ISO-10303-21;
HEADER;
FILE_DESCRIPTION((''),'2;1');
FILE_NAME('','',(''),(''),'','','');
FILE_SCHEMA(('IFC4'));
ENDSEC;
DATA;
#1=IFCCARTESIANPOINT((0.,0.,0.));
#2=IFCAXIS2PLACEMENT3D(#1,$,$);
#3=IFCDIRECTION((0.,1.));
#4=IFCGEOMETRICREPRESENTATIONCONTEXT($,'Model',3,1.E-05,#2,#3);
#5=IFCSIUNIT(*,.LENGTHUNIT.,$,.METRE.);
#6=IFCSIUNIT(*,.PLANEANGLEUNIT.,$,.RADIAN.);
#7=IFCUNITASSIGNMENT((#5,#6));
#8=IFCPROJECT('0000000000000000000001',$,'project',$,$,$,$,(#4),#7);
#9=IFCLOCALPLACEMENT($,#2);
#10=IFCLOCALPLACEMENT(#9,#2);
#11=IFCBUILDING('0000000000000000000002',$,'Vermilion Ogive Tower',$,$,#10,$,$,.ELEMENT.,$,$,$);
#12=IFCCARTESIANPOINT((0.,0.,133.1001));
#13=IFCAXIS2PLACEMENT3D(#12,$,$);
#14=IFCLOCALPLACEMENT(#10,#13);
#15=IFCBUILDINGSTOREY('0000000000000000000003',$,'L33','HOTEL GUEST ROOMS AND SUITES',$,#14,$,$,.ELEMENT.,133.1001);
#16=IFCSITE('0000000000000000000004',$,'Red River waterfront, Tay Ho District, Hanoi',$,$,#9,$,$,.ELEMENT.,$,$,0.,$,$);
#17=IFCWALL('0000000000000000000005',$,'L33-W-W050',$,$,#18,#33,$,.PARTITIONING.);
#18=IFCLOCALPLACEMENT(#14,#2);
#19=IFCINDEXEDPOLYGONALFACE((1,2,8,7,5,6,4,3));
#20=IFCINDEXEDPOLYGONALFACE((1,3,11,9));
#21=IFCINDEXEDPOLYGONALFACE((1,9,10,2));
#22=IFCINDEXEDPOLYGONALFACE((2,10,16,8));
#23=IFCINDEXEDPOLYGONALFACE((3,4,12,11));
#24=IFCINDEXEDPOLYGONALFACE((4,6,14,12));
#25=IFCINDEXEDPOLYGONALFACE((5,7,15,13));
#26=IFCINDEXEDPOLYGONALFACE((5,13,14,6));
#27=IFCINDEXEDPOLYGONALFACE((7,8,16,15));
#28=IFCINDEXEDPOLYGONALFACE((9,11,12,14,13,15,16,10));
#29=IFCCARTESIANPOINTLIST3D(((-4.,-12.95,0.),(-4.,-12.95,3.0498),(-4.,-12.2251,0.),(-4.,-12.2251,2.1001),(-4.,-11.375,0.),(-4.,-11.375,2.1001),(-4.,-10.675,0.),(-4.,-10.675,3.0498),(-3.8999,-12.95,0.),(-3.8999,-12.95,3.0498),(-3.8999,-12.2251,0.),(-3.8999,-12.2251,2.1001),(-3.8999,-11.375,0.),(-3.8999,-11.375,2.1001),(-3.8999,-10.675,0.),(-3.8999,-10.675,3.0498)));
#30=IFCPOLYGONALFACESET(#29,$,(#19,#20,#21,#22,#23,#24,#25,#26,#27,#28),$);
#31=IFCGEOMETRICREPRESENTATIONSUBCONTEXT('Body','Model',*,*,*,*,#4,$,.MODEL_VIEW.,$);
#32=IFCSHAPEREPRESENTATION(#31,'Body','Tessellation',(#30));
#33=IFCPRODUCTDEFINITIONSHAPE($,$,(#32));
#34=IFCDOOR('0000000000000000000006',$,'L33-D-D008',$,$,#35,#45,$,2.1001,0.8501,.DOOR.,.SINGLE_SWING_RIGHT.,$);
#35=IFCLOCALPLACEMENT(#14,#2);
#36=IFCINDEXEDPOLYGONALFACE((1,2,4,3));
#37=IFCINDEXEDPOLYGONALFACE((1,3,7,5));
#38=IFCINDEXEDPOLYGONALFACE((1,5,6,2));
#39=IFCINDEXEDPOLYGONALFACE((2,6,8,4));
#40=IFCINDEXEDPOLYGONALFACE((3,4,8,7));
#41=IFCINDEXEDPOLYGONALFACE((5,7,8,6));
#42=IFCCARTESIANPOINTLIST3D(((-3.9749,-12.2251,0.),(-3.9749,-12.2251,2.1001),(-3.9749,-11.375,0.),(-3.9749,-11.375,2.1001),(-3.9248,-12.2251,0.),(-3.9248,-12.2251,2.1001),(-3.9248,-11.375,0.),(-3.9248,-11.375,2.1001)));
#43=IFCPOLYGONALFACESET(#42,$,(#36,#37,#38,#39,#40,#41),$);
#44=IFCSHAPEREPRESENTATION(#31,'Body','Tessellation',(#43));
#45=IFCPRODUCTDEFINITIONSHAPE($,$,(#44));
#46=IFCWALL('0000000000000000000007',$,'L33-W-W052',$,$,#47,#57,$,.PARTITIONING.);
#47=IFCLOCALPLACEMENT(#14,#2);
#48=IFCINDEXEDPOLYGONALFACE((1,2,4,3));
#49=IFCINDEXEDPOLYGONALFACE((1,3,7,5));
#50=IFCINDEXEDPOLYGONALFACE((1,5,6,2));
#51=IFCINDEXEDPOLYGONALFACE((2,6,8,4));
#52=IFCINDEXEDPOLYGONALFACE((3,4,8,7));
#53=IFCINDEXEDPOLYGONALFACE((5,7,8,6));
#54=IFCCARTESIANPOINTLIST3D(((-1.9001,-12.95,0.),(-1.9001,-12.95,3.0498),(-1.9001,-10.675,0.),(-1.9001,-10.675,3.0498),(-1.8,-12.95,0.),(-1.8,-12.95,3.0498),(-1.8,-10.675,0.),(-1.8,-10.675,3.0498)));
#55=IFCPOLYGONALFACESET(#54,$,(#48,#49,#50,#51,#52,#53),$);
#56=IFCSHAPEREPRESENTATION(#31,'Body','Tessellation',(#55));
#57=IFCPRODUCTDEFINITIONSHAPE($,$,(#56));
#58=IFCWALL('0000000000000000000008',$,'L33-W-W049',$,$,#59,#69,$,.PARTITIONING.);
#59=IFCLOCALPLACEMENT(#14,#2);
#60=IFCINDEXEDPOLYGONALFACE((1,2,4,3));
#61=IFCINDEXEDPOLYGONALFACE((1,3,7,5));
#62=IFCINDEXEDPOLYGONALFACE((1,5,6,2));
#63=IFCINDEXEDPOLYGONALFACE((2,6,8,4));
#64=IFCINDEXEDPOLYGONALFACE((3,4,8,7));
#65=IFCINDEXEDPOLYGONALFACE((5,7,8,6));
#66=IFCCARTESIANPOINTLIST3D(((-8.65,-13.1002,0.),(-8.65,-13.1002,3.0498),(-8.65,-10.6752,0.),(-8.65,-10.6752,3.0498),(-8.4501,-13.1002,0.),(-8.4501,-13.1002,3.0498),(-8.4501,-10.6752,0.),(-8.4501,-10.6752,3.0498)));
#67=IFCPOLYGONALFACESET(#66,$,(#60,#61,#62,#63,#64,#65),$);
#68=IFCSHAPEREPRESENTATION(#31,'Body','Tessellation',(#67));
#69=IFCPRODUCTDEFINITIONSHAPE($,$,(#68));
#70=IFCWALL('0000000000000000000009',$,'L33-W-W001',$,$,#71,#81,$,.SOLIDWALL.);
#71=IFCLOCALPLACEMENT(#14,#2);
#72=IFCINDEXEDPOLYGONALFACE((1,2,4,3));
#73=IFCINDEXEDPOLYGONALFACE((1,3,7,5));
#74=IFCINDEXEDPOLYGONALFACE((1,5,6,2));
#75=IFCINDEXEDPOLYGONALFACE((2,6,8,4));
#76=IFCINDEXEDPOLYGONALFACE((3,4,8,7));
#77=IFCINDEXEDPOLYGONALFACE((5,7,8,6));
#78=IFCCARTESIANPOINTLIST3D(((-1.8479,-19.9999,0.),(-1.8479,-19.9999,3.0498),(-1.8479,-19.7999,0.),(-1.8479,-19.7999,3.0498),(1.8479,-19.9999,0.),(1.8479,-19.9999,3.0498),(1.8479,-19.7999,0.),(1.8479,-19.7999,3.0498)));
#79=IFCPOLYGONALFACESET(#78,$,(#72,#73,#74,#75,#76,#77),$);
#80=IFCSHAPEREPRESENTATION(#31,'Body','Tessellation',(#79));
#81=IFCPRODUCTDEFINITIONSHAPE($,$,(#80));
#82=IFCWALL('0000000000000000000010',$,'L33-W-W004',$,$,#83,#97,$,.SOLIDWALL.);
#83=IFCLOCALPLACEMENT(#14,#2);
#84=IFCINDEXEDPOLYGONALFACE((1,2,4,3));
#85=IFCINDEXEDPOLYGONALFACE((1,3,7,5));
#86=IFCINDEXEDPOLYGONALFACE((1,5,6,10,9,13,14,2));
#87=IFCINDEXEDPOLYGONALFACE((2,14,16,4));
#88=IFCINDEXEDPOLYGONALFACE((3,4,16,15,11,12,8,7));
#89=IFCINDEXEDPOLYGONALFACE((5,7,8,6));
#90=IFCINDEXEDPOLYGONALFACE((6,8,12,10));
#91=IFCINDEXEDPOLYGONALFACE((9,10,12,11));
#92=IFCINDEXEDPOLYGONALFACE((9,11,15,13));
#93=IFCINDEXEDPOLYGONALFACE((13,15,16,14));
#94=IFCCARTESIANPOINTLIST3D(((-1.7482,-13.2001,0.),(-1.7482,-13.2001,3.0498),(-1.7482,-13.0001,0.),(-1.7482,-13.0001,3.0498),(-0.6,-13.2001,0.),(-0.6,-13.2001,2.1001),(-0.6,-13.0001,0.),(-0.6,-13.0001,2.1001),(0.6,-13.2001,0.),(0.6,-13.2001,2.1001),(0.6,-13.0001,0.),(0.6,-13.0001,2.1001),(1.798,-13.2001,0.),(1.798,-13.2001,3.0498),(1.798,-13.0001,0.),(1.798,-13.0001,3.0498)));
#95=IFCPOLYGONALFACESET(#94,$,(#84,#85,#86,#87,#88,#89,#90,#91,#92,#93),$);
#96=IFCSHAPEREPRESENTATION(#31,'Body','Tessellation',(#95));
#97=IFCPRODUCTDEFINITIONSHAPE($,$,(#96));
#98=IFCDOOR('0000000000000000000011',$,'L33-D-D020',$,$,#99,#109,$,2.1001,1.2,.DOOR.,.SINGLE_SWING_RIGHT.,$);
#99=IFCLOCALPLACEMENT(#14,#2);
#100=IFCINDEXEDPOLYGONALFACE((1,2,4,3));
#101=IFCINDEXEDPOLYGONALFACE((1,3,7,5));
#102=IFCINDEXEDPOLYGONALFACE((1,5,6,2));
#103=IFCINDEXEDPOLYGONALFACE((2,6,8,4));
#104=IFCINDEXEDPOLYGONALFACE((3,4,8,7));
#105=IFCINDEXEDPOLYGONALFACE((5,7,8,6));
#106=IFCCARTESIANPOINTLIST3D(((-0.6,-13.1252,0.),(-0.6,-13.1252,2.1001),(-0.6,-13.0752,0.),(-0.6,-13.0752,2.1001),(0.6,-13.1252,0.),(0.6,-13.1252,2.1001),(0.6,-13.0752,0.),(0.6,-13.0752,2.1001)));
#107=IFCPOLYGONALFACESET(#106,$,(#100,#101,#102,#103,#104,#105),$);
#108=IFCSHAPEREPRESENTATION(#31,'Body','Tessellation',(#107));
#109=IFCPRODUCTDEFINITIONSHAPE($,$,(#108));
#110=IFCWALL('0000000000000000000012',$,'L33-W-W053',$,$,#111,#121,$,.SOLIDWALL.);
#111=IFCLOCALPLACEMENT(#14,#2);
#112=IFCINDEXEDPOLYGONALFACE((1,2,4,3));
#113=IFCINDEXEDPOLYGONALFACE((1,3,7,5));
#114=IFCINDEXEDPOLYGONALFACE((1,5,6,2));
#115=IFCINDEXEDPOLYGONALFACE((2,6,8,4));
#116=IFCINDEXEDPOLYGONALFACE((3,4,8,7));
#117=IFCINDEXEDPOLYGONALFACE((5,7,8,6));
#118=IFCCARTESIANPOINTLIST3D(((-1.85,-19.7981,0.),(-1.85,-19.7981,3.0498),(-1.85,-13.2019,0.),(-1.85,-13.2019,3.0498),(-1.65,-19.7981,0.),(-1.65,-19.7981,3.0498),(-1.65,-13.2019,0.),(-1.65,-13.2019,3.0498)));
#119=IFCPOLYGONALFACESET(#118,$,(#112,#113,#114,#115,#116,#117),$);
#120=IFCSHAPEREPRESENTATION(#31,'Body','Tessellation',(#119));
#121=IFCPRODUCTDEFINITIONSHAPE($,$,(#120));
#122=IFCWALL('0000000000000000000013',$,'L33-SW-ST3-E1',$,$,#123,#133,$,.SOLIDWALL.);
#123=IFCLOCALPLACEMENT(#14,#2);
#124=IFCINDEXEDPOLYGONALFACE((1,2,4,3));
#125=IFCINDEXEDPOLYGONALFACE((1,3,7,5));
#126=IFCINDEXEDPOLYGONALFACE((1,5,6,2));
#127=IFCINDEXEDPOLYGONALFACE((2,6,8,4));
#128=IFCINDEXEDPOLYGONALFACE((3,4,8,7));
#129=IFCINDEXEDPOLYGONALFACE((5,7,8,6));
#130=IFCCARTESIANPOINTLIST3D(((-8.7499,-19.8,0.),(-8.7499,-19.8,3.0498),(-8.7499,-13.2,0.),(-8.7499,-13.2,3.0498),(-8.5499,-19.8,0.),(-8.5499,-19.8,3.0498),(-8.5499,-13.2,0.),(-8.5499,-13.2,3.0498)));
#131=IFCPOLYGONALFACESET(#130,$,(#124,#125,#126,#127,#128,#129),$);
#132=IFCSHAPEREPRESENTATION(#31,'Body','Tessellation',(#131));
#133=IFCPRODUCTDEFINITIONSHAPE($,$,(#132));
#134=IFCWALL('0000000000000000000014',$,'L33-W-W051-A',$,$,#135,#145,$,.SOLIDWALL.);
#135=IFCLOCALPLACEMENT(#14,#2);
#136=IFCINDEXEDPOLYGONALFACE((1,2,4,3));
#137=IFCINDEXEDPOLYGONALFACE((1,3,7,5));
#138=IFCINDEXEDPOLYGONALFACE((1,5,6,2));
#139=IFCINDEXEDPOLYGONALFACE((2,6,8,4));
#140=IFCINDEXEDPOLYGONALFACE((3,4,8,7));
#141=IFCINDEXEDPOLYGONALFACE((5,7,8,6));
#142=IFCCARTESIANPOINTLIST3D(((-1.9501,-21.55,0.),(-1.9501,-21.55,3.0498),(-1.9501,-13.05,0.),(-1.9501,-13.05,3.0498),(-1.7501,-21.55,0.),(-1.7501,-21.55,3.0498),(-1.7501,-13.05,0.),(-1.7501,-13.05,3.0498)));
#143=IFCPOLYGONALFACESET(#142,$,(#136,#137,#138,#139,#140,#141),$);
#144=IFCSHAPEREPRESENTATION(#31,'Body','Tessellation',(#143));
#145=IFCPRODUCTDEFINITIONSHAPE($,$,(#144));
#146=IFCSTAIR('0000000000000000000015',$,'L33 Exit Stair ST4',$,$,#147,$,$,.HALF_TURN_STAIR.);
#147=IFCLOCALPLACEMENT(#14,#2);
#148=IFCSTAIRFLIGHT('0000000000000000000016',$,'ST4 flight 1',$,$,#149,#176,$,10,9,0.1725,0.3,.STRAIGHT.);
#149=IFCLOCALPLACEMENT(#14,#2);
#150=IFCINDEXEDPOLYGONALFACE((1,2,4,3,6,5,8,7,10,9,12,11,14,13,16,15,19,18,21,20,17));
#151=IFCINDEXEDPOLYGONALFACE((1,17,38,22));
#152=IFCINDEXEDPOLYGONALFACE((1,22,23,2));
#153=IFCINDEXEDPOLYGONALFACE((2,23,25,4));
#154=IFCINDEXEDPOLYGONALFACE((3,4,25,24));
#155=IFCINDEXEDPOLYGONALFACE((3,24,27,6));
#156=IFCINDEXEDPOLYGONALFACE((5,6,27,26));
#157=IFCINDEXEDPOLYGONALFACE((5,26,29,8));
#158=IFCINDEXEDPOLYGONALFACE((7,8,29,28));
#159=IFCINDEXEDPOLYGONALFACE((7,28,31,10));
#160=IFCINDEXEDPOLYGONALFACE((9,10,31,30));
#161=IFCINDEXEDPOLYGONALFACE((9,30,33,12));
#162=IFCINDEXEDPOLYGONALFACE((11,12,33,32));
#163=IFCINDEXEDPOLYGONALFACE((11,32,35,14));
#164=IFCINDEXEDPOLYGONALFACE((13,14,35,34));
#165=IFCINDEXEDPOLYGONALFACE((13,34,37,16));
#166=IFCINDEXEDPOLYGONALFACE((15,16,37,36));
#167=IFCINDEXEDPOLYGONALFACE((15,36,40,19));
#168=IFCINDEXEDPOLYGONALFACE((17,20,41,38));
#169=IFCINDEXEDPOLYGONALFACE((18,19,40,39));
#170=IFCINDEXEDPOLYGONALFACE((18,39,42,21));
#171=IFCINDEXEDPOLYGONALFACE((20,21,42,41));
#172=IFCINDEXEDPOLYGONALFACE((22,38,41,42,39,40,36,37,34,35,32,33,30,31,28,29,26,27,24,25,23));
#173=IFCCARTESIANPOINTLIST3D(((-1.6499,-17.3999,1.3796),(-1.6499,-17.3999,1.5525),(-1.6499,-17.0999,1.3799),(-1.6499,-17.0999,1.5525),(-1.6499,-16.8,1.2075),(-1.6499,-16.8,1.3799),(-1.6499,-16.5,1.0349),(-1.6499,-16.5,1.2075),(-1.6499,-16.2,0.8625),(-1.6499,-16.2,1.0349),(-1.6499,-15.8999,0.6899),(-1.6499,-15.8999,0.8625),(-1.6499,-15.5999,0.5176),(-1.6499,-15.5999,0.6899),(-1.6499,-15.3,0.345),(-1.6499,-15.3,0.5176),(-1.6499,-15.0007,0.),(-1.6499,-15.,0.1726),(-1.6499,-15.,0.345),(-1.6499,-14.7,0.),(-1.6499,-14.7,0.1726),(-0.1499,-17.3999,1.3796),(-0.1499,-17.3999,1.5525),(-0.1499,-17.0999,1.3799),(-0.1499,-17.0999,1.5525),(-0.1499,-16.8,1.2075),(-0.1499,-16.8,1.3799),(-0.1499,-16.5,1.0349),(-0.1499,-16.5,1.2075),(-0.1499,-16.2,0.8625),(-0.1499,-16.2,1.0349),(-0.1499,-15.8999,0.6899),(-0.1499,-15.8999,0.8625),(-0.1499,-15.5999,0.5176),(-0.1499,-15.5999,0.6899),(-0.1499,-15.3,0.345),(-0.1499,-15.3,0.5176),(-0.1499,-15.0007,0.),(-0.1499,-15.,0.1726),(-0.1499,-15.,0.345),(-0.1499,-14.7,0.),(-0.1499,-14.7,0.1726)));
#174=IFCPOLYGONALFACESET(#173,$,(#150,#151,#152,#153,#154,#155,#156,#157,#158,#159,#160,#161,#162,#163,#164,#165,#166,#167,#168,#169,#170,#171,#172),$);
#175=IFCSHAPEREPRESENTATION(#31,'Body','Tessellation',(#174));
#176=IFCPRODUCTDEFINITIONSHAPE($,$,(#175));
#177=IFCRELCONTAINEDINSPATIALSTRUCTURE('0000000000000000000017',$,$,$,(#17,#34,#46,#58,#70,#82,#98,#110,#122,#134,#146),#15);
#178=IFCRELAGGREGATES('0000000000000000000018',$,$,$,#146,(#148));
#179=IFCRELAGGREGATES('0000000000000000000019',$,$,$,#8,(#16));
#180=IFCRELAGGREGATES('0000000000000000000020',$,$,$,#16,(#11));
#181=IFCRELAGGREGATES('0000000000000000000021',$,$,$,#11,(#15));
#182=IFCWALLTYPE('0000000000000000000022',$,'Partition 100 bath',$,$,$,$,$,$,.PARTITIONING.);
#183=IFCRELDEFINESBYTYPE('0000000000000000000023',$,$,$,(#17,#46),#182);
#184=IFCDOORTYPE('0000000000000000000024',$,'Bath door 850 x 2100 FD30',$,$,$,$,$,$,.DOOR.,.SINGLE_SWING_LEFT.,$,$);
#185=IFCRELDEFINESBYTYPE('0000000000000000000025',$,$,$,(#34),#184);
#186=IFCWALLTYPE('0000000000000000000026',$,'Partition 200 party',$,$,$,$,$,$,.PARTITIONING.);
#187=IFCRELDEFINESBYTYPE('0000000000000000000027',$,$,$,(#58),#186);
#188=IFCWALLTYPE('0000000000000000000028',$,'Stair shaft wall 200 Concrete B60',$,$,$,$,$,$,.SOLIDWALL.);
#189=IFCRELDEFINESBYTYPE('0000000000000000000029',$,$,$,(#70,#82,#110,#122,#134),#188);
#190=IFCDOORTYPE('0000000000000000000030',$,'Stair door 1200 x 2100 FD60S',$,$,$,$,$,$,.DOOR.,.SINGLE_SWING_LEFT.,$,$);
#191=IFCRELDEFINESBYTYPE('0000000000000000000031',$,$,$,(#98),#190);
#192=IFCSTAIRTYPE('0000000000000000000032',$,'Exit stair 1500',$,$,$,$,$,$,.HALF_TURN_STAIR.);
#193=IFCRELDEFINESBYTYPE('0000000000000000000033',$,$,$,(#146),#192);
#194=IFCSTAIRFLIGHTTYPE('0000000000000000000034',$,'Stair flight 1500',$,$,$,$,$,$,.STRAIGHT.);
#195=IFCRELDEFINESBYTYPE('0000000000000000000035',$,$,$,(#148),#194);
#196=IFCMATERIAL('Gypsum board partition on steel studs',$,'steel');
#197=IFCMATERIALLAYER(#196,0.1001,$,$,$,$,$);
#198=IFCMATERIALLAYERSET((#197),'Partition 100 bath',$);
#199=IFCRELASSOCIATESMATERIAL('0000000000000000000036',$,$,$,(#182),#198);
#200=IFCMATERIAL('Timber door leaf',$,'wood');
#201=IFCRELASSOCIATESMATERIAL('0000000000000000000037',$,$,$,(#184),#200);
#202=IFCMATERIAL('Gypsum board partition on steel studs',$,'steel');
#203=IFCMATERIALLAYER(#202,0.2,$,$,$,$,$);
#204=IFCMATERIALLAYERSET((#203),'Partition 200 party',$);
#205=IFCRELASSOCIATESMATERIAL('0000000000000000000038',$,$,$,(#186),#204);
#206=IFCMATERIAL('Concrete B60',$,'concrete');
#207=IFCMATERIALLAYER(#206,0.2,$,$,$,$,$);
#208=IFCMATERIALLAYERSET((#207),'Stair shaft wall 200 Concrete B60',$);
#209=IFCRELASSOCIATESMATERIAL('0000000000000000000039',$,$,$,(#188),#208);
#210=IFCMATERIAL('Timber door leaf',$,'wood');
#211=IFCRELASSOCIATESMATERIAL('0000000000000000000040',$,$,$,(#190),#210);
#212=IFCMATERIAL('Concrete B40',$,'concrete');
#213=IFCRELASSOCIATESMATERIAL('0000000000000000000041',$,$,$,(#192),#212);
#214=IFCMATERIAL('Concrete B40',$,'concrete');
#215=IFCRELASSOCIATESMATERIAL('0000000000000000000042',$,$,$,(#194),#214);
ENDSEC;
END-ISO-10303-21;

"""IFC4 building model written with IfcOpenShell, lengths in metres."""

from ifc_helpers import new_model, si_unit, direction, frame, frame_2d, origin, place, context, subcontext, project, spatial, polyline, rectangle, outline, extrude, material, layer, layer_set, type_object, element, fill, aggregate, save


model = new_model("IFC4")

# Units and contexts
model_context = context("Model", 3, precision=1e-05, world=origin(), true_north=direction((0.0, 1.0)))
body_context = subcontext(model_context, "Body", "Model", "MODEL_VIEW")
ifc_project = project(units=[si_unit("LENGTHUNIT", "METRE"), si_unit("PLANEANGLEUNIT", "RADIAN")], contexts=[model_context])

# Site, building, storey
site_placement = place(None, origin())
site = spatial("IfcSite", under=ifc_project, at=site_placement, Name="Red River waterfront, Tay Ho District, Hanoi", CompositionType="ELEMENT", RefElevation=0.0)
building_placement = place(site_placement, origin())
building = spatial("IfcBuilding", under=site, at=building_placement, Name="Vermilion Ogive Tower", CompositionType="ELEMENT")
storey_placement = place(building_placement, frame((0.0, 0.0, 133.1001)))
storey = spatial("IfcBuildingStorey", under=building, at=storey_placement, Name="L33", Description="HOTEL GUEST ROOMS AND SUITES", CompositionType="ELEMENT", Elevation=133.1001)

# Shared definitions
ifc_material_1 = material(Name="Gypsum board partition on steel studs", Category="steel")
ifc_layer_1 = layer(ifc_material_1, 0.1001)
ifc_layer_set_1 = layer_set([ifc_layer_1], Name="Partition 100 bath")
wall_type_1 = type_object("IfcWallType", Name="Partition 100 bath", PredefinedType="PARTITIONING", material=ifc_layer_set_1)

# Wall, opening, door
wall_1_placement = place(storey_placement, frame((-3.95, -12.95, 0.0), z_axis=(0.0, 0.0, 1.0), x_axis=(0.0, 1.0, 0.0)))
wall_1 = element("IfcWall", 1, at=wall_1_placement, inside=storey, type_object=wall_type_1, Name="L33-W-W050", PredefinedType="PARTITIONING", context=body_context, shape_type="SweptSolid", body=[
    extrude(rectangle(XDim=2.2749, YDim=0.1001, at=frame_2d((1.1375, 0.0))), origin(), (0.0, 0.0, 1.0), 3.0498),
])
opening_1_placement = place(wall_1_placement, frame((0.7249, 0.0, 0.0)))
opening_1 = element("IfcOpeningElement", 2, at=opening_1_placement, cuts=wall_1, PredefinedType="OPENING", context=body_context, shape_type="SweptSolid", body=[
    extrude(rectangle(XDim=0.8501, YDim=2.1001, at=frame_2d((0.425, 1.05))), frame((0.0, 0.0601, 0.0), z_axis=(0.0, -1.0, 0.0), x_axis=(1.0, 0.0, 0.0)), (0.0, 0.0, 1.0), 0.1201),
])
ifc_material_2 = material(Name="Timber door leaf", Category="wood")
door_type_1 = type_object("IfcDoorType", Name="Bath door 850 x 2100 FD30", OperationType="SINGLE_SWING_LEFT", PredefinedType="DOOR", material=ifc_material_2)
door_1_placement = place(opening_1_placement, origin())
door_1 = element("IfcDoor", 3, at=door_1_placement, inside=storey, type_object=door_type_1, Name="L33-D-D008", OperationType="SINGLE_SWING_RIGHT", OverallHeight=2.1001, OverallWidth=0.8501, PredefinedType="DOOR", context=body_context, shape_type="SweptSolid", body=[
    extrude(rectangle(XDim=0.8501, YDim=2.1001, at=frame_2d((0.425, 1.05))), frame((0.0, 0.0249, 0.0), z_axis=(0.0, -1.0, 0.0), x_axis=(1.0, 0.0, 0.0)), (0.0, 0.0, 1.0), 0.05),
])
fill(opening_1, door_1)

# Walls
wall_2_placement = place(storey_placement, frame((-1.8501, -12.95, 0.0), z_axis=(0.0, 0.0, 1.0), x_axis=(0.0, 1.0, 0.0)))
element("IfcWall", 4, at=wall_2_placement, inside=storey, type_object=wall_type_1, Name="L33-W-W052", PredefinedType="PARTITIONING", context=body_context, shape_type="SweptSolid", body=[
    extrude(rectangle(XDim=2.2749, YDim=0.1001, at=frame_2d((1.1375, 0.0))), origin(), (0.0, 0.0, 1.0), 3.0498),
])
ifc_material_3 = material(Name="Gypsum board partition on steel studs", Category="steel")
ifc_layer_2 = layer(ifc_material_3, 0.2)
ifc_layer_set_2 = layer_set([ifc_layer_2], Name="Partition 200 party")
wall_type_2 = type_object("IfcWallType", Name="Partition 200 party", PredefinedType="PARTITIONING", material=ifc_layer_set_2)
wall_3_placement = place(storey_placement, frame((-8.55, -13.1001, 0.0), z_axis=(0.0, 0.0, 1.0), x_axis=(0.0, 1.0, 0.0)))
element("IfcWall", 5, at=wall_3_placement, inside=storey, type_object=wall_type_2, Name="L33-W-W049", PredefinedType="PARTITIONING", context=body_context, shape_type="SweptSolid", body=[
    extrude(rectangle(XDim=2.425, YDim=0.2, at=frame_2d((1.2124, 0.0))), origin(), (0.0, 0.0, 1.0), 3.0498),
])
ifc_material_4 = material(Name="Concrete B60", Category="concrete")
ifc_layer_3 = layer(ifc_material_4, 0.2)
ifc_layer_set_3 = layer_set([ifc_layer_3], Name="Stair shaft wall 200 Concrete B60")
wall_type_3 = type_object("IfcWallType", Name="Stair shaft wall 200 Concrete B60", PredefinedType="SOLIDWALL", material=ifc_layer_set_3)
wall_4_placement = place(storey_placement, frame((-1.8479, -19.8999, 0.0), z_axis=(0.0, 0.0, 1.0), x_axis=(1.0, 0.0, 0.0)))
element("IfcWall", 6, at=wall_4_placement, inside=storey, type_object=wall_type_3, Name="L33-W-W001", PredefinedType="SOLIDWALL", context=body_context, shape_type="SweptSolid", body=[
    extrude(rectangle(XDim=3.6958, YDim=0.2, at=frame_2d((1.8479, 0.0))), origin(), (0.0, 0.0, 1.0), 3.0498),
])

# Wall, opening, door
wall_5_placement = place(storey_placement, frame((-1.748, -13.1001, 0.0), z_axis=(0.0, 0.0, 1.0), x_axis=(1.0, 0.0, 0.0)))
wall_5 = element("IfcWall", 7, at=wall_5_placement, inside=storey, type_object=wall_type_3, Name="L33-W-W004", PredefinedType="SOLIDWALL", context=body_context, shape_type="SweptSolid", body=[
    extrude(rectangle(XDim=3.5461, YDim=0.2, at=frame_2d((1.7729, 0.0))), origin(), (0.0, 0.0, 1.0), 3.0498),
])
opening_2_placement = place(wall_5_placement, frame((1.1479, 0.0, 0.0)))
opening_2 = element("IfcOpeningElement", 8, at=opening_2_placement, cuts=wall_5, PredefinedType="OPENING", context=body_context, shape_type="SweptSolid", body=[
    extrude(rectangle(XDim=1.2, YDim=2.1001, at=frame_2d((0.6001, 1.05))), frame((0.0, 0.1099, 0.0), z_axis=(0.0, -1.0, 0.0), x_axis=(1.0, 0.0, 0.0)), (0.0, 0.0, 1.0), 0.22),
])
ifc_material_5 = material(Name="Timber door leaf", Category="wood")
door_type_2 = type_object("IfcDoorType", Name="Stair door 1200 x 2100 FD60S", OperationType="SINGLE_SWING_LEFT", PredefinedType="DOOR", material=ifc_material_5)
door_2_placement = place(opening_2_placement, origin())
door_2 = element("IfcDoor", 9, at=door_2_placement, inside=storey, type_object=door_type_2, Name="L33-D-D020", OperationType="SINGLE_SWING_RIGHT", OverallHeight=2.1001, OverallWidth=1.2, PredefinedType="DOOR", context=body_context, shape_type="SweptSolid", body=[
    extrude(rectangle(XDim=1.2, YDim=2.1001, at=frame_2d((0.6001, 1.05))), frame((0.0, 0.0249, 0.0), z_axis=(0.0, -1.0, 0.0), x_axis=(1.0, 0.0, 0.0)), (0.0, 0.0, 1.0), 0.05),
])
fill(opening_2, door_2)

# Walls
wall_6_placement = place(storey_placement, frame((-1.75, -19.7981, 0.0), z_axis=(0.0, 0.0, 1.0), x_axis=(0.0, 1.0, 0.0)))
element("IfcWall", 10, at=wall_6_placement, inside=storey, type_object=wall_type_3, Name="L33-W-W053", PredefinedType="SOLIDWALL", context=body_context, shape_type="SweptSolid", body=[
    extrude(rectangle(XDim=6.5962, YDim=0.2, at=frame_2d((3.2981, 0.0))), origin(), (0.0, 0.0, 1.0), 3.0498),
])
wall_7_placement = place(storey_placement, frame((-8.6499, -19.8, 0.0), z_axis=(0.0, 0.0, 1.0), x_axis=(0.0, 1.0, 0.0)))
element("IfcWall", 11, at=wall_7_placement, inside=storey, type_object=wall_type_3, Name="L33-SW-ST3-E1", PredefinedType="SOLIDWALL", context=body_context, shape_type="SweptSolid", body=[
    extrude(rectangle(XDim=6.6001, YDim=0.2, at=frame_2d((3.3, 0.0))), origin(), (0.0, 0.0, 1.0), 3.0498),
])
wall_8_placement = place(storey_placement, frame((-1.8501, -21.55, 0.0), z_axis=(0.0, 0.0, 1.0), x_axis=(0.0, 1.0, 0.0)))
element("IfcWall", 12, at=wall_8_placement, inside=storey, type_object=wall_type_3, Name="L33-W-W051-A", PredefinedType="SOLIDWALL", context=body_context, shape_type="SweptSolid", body=[
    extrude(rectangle(XDim=8.5, YDim=0.2, at=frame_2d((4.25, 0.0))), origin(), (0.0, 0.0, 1.0), 3.0498),
])

# Stair, stair flight
ifc_material_6 = material(Name="Concrete B40", Category="concrete")
stair_type = type_object("IfcStairType", Name="Exit stair 1500", PredefinedType="HALF_TURN_STAIR", material=ifc_material_6)
stair_placement = place(storey_placement, origin())
stair = element("IfcStair", 13, at=stair_placement, inside=storey, type_object=stair_type, Name="L33 Exit Stair ST4", PredefinedType="HALF_TURN_STAIR")
ifc_material_7 = material(Name="Concrete B40", Category="concrete")
stair_flight_type = type_object("IfcStairFlightType", Name="Stair flight 1500", PredefinedType="STRAIGHT", material=ifc_material_7)
stair_flight_placement = place(storey_placement, frame((-0.8999, -14.7, 0.0), z_axis=(0.0, 0.0, 1.0), x_axis=(0.0, -1.0, 0.0)))
stair_flight = element("IfcStairFlight", 14, at=stair_flight_placement, type_object=stair_flight_type, Name="ST4 flight 1", NumberOfRisers=10, NumberOfTreads=9, PredefinedType="STRAIGHT", RiserHeight=0.1725, TreadLength=0.3, context=body_context, shape_type="SweptSolid", body=[
    extrude(outline(polyline([(0.0, 0.0), (0.0, 0.1726), (0.3, 0.1726), (0.3, 0.345), (0.6001, 0.345), (0.6001, 0.5176), (0.8999, 0.5176), (0.8999, 0.6899), (1.2, 0.6899), (1.2, 0.8625), (1.5, 0.8625), (1.5, 1.0349), (1.8, 1.0349), (1.8, 1.2075), (2.1001, 1.2075), (2.1001, 1.3799), (2.3999, 1.3799), (2.3999, 1.5525), (2.7, 1.5525), (2.7, 1.7251), (2.7, 1.3796), (0.3008, 0.0), (0.0, 0.0)])), frame((0.0, 0.75, 0.0), z_axis=(0.0, -1.0, 0.0), x_axis=(1.0, 0.0, 0.0)), (0.0, 0.0, 1.0), 1.5),
])
aggregate(stair, [stair_flight])

save(model, "model.ifc")
